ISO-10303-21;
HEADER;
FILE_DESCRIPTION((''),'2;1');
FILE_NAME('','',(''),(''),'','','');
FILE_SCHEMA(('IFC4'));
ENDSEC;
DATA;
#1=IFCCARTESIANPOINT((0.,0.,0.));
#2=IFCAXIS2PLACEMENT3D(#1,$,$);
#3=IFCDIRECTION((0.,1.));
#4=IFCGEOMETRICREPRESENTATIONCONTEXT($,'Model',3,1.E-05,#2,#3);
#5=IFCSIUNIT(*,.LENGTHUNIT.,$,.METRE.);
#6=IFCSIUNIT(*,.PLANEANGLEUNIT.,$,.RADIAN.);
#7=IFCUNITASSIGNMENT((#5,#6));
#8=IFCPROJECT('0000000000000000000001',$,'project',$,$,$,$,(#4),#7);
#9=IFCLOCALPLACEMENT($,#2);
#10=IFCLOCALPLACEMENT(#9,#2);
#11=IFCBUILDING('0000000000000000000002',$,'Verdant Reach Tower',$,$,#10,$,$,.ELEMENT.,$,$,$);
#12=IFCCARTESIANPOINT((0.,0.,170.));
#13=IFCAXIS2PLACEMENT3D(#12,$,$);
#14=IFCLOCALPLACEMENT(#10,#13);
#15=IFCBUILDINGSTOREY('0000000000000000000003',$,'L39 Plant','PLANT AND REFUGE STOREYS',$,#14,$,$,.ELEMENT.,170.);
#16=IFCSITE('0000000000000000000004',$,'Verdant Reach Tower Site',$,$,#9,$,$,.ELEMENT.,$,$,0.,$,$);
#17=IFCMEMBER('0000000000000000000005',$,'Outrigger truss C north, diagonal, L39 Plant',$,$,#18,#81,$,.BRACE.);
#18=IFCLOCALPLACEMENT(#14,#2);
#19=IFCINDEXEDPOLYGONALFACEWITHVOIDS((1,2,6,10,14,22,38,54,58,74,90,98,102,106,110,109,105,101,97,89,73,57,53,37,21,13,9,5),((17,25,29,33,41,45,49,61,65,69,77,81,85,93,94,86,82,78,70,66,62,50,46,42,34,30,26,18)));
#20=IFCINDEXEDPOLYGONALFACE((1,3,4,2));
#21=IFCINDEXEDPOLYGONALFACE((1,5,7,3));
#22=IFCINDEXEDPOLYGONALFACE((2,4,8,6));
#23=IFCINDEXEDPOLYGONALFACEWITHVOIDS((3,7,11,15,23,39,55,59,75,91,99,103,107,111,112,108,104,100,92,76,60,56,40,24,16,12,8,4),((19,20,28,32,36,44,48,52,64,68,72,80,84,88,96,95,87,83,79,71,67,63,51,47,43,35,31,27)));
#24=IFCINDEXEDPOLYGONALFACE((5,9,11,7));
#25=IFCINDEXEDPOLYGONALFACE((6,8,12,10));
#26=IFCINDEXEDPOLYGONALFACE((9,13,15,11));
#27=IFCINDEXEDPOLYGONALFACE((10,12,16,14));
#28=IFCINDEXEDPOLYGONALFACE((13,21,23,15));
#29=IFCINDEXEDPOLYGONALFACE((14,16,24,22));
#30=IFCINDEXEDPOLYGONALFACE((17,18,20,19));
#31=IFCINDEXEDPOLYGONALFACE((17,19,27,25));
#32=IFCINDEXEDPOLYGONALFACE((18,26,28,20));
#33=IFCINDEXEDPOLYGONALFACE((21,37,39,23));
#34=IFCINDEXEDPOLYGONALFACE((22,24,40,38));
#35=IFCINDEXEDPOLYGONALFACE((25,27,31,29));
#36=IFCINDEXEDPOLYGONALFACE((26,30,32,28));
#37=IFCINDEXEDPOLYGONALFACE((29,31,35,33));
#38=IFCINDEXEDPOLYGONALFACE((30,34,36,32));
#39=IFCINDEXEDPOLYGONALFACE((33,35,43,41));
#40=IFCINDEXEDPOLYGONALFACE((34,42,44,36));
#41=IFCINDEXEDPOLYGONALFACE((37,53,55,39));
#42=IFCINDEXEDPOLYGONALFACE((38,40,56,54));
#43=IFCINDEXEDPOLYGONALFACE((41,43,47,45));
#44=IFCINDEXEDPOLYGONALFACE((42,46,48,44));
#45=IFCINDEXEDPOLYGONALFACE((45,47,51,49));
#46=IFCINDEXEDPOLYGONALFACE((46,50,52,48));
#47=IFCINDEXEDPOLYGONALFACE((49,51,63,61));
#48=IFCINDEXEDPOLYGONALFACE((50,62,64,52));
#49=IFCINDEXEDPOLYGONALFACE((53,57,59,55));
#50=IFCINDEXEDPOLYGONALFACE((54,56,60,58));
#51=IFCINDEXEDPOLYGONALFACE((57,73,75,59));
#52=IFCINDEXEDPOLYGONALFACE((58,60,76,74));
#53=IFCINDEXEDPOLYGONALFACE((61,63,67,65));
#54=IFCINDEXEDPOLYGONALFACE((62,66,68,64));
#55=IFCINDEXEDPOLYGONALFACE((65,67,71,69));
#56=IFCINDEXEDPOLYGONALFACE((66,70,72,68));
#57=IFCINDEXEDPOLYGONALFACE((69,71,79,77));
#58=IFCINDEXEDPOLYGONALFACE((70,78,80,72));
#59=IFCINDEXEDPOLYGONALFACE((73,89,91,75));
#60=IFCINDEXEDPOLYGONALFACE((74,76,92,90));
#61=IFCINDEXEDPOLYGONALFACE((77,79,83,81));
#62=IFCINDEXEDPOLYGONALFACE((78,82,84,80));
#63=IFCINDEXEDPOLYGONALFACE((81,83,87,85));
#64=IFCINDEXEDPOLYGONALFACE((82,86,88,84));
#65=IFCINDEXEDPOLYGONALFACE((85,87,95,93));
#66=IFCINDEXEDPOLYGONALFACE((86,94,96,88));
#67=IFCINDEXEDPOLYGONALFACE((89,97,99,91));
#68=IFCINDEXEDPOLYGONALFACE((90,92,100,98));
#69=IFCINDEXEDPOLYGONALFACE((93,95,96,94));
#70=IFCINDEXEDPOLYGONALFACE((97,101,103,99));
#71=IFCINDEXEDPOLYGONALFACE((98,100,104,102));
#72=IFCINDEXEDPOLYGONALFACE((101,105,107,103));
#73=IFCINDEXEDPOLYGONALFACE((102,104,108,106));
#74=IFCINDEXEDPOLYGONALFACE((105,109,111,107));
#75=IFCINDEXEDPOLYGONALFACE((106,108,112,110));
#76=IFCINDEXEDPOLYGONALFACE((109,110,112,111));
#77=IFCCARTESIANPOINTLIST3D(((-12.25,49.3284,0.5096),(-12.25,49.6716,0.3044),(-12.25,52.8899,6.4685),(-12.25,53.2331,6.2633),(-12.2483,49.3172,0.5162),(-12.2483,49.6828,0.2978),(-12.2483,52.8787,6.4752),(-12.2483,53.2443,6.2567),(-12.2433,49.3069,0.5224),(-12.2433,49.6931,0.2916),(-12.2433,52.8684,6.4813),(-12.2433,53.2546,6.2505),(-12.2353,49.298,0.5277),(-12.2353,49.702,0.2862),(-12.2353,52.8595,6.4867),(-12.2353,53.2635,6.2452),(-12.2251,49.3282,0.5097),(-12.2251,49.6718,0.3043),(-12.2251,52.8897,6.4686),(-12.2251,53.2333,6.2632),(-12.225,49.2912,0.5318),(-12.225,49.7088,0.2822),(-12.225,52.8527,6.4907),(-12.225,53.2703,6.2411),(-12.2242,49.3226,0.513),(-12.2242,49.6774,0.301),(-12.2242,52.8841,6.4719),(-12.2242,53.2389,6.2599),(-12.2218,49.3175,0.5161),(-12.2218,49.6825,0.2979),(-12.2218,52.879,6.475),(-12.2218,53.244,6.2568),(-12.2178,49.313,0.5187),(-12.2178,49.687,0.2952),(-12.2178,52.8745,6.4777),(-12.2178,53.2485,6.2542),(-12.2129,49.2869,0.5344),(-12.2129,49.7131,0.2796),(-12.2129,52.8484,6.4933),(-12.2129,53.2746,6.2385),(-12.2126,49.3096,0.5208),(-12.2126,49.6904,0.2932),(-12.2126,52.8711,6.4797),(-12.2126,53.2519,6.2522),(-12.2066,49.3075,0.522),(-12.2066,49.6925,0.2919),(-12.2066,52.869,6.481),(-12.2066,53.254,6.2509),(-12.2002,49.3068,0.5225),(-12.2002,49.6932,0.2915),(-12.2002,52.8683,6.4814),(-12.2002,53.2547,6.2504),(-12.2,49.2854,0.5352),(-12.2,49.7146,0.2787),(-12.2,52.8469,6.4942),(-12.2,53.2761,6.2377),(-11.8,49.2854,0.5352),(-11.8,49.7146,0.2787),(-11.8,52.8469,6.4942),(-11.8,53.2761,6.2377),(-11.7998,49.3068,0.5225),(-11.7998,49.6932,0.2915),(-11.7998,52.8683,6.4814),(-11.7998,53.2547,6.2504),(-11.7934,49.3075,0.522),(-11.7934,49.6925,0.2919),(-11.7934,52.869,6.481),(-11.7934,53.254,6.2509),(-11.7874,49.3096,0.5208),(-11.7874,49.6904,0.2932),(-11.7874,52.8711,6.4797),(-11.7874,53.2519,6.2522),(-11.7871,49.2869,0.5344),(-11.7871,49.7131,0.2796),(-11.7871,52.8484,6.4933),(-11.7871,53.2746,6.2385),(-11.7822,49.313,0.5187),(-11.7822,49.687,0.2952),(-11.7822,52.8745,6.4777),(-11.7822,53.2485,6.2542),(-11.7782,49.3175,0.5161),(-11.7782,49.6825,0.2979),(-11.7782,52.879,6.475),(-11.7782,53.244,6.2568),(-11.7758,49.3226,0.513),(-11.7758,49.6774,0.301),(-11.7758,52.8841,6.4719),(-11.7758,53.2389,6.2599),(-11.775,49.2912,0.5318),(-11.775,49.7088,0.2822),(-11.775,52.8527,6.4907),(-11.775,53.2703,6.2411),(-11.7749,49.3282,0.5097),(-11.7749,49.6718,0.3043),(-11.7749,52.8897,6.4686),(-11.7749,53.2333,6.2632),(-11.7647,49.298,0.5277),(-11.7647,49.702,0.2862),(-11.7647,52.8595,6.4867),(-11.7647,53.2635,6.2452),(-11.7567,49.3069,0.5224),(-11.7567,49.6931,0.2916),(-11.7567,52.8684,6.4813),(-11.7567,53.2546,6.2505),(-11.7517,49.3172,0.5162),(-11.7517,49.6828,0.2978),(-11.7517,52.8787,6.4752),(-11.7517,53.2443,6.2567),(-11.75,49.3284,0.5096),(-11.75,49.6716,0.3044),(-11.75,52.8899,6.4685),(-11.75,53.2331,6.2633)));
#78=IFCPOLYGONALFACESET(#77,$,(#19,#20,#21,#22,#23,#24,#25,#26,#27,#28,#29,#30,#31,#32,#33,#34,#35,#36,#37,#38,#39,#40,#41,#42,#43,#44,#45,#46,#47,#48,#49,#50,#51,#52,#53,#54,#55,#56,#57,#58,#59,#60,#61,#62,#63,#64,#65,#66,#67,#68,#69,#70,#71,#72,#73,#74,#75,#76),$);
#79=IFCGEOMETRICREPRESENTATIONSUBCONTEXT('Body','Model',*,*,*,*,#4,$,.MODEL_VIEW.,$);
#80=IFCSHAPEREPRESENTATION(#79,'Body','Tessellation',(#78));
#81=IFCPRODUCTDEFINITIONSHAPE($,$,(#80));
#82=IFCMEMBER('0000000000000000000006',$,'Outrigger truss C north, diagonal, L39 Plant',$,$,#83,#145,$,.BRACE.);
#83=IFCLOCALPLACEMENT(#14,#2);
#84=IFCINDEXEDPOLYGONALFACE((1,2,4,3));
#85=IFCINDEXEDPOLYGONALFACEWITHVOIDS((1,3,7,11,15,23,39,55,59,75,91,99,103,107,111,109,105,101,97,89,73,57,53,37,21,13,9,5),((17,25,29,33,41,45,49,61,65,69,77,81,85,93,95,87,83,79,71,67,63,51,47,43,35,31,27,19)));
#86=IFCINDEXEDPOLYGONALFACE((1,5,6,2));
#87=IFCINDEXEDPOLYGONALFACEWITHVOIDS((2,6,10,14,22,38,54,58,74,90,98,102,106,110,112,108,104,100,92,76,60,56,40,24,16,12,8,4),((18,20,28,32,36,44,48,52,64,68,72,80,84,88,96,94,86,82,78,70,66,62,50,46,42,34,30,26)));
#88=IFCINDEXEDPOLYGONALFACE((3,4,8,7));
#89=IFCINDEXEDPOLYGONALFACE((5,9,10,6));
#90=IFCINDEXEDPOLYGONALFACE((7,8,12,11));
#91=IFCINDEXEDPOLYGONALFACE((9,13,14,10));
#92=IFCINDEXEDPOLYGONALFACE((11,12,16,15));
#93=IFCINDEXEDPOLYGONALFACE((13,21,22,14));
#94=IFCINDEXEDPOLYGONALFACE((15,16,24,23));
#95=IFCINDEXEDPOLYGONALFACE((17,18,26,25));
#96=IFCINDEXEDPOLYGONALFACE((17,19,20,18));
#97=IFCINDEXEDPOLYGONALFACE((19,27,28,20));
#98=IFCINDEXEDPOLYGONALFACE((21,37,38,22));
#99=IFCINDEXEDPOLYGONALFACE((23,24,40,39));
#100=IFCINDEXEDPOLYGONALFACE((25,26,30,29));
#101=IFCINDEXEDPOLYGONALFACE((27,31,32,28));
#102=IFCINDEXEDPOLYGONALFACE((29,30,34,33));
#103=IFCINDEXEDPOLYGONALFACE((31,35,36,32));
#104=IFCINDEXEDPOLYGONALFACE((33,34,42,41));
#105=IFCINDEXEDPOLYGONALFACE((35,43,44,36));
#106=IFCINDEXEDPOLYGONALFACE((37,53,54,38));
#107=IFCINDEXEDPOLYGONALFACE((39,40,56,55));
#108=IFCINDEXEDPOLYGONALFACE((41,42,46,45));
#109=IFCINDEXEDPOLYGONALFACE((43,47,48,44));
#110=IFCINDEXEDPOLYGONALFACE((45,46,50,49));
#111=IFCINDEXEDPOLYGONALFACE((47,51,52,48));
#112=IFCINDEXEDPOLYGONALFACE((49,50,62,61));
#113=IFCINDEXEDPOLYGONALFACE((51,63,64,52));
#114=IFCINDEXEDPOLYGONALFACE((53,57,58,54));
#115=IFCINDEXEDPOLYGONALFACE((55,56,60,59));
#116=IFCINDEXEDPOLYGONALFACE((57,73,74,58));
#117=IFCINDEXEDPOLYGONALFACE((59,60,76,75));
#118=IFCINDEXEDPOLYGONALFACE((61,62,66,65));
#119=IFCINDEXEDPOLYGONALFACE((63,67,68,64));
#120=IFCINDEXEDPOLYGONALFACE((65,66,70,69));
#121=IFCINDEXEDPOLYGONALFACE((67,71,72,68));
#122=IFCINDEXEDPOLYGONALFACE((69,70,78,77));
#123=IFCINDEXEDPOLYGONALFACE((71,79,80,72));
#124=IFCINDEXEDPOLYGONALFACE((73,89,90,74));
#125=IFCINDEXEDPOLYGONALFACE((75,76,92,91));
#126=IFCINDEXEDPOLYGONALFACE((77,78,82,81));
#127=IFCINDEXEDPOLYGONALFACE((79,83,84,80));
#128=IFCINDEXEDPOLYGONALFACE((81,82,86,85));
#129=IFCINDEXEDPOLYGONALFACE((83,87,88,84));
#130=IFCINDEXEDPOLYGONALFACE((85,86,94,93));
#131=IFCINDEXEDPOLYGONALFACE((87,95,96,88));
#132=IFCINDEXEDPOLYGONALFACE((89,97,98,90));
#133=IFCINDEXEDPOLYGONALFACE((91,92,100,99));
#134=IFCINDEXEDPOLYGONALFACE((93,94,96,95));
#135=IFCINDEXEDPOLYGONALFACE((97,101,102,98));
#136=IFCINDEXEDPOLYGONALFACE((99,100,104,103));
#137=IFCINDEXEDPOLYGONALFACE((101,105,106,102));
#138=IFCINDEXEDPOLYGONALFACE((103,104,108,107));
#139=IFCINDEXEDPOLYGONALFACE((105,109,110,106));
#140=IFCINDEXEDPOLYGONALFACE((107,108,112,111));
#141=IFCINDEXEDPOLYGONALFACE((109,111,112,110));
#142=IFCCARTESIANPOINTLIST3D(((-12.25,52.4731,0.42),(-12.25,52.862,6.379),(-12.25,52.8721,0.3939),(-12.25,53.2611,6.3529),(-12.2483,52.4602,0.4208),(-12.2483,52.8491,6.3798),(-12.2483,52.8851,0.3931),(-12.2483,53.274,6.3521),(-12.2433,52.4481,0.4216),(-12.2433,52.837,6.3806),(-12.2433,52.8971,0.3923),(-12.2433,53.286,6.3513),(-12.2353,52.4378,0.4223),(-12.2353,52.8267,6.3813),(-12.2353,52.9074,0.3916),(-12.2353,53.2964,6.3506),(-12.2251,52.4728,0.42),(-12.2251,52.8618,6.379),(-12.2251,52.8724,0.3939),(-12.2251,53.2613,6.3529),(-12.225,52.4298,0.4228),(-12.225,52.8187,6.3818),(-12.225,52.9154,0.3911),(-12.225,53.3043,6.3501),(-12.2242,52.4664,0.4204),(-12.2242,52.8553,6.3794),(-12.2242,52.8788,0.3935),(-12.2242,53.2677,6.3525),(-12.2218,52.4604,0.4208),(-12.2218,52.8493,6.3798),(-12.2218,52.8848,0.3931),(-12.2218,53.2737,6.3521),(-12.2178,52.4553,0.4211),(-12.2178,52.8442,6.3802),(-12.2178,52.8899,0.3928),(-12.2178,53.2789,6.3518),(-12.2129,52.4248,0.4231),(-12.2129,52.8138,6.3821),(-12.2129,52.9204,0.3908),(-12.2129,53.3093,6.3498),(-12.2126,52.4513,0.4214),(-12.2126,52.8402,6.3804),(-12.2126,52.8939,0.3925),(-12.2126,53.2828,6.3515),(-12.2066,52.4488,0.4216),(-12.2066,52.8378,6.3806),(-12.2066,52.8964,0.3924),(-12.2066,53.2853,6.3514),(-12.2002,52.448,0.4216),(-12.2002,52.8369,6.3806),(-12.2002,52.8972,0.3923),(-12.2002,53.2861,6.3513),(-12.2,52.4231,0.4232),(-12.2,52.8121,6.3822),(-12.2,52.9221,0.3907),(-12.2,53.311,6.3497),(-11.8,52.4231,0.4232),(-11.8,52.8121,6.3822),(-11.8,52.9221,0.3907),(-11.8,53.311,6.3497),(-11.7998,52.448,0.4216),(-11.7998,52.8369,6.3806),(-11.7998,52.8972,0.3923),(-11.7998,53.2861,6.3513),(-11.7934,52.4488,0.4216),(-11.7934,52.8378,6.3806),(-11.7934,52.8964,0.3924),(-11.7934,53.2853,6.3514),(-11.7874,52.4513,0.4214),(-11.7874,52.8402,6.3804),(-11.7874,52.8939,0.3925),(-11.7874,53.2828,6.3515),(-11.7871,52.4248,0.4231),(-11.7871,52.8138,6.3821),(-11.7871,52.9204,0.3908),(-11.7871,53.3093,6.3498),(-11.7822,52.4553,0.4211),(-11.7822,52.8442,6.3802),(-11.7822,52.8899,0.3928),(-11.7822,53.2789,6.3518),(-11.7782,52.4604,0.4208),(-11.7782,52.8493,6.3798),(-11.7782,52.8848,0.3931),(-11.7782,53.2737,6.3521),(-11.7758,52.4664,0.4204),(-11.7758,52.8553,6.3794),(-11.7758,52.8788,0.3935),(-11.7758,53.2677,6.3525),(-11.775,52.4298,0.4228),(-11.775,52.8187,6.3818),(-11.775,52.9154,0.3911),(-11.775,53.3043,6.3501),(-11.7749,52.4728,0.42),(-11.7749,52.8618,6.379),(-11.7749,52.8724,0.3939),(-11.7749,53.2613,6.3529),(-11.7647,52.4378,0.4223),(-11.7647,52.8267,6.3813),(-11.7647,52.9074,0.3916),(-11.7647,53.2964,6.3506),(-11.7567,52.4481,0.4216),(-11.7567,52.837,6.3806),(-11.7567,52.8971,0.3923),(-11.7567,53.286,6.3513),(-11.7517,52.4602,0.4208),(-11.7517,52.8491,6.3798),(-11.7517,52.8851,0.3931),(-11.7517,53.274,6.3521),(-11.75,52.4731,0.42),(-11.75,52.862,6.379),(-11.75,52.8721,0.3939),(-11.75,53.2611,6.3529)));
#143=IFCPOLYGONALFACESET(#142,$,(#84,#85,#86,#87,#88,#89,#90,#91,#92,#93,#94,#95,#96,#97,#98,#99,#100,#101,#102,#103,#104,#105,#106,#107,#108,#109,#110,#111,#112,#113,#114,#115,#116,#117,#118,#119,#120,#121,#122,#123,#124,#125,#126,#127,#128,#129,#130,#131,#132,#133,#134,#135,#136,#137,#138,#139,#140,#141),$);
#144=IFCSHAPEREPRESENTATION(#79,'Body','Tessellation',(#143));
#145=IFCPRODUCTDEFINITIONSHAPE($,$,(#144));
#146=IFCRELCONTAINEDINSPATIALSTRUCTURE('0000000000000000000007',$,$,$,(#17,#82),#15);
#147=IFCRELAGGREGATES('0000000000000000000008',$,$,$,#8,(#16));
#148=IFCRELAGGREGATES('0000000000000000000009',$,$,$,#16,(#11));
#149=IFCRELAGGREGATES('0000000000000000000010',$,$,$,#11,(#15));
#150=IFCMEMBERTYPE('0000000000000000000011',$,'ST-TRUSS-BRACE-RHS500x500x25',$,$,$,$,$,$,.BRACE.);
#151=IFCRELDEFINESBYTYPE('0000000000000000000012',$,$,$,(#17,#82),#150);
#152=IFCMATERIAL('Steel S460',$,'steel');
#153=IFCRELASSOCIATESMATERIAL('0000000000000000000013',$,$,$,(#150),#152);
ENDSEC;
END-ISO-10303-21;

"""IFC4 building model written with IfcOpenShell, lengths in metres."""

from ifc_helpers import new_model, si_unit, direction, frame, origin, origin_2d, place, context, subcontext, project, spatial, hollow_rectangle, extrude, material, material_profile, profile_set, type_object, element, save


model = new_model("IFC4")

# Units and contexts
model_context = context("Model", 3, precision=1e-05, world=origin(), true_north=direction((0.0, 1.0)))
body_context = subcontext(model_context, "Body", "Model", "MODEL_VIEW")
ifc_project = project(units=[si_unit("LENGTHUNIT", "METRE"), si_unit("PLANEANGLEUNIT", "RADIAN")], contexts=[model_context])

# Site, building, storey
site_placement = place(None, origin())
site = spatial("IfcSite", under=ifc_project, at=site_placement, Name="Verdant Reach Tower Site", CompositionType="ELEMENT", RefElevation=0.0)
building_placement = place(site_placement, origin())
building = spatial("IfcBuilding", under=site, at=building_placement, Name="Verdant Reach Tower", CompositionType="ELEMENT")
storey_placement = place(building_placement, frame((0.0, 0.0, 170.0)))
storey = spatial("IfcBuildingStorey", under=building, at=storey_placement, Name="L39 Plant", Description="PLANT AND REFUGE STOREYS", CompositionType="ELEMENT", Elevation=170.0)

# Shared definitions
ifc_material_1 = material(Name="Steel S460", Category="steel")

# Members
ifc_material_profile_1 = material_profile(ifc_material_1, hollow_rectangle(XDim=0.5, YDim=0.5, WallThickness=0.0249, InnerFilletRadius=0.0249, OuterFilletRadius=0.05, at=origin_2d()), Name="RHS 500x500x25")
ifc_profile_set_1 = profile_set([ifc_material_profile_1], Name="Steel S460")
member_type_1 = type_object("IfcMemberType", Name="ST-TRUSS-BRACE-RHS500x500x25", PredefinedType="BRACE", material=ifc_profile_set_1)
member_1_placement = place(storey_placement, frame((-12.0, 49.5, 0.407), z_axis=(0.0, 0.513026, 0.858373), x_axis=(-1.0, 0.0, 0.0)))
element("IfcMember", 1, at=member_1_placement, inside=storey, type_object=member_type_1, Name="Outrigger truss C north, diagonal, L39 Plant", PredefinedType="BRACE", context=body_context, shape_type="SweptSolid", body=[
    extrude(hollow_rectangle(XDim=0.5, YDim=0.5, WallThickness=0.0249, InnerFilletRadius=0.0249, OuterFilletRadius=0.05, at=origin_2d()), origin(), (0.0, 0.0, 1.0), 6.9421),
])
member_2_placement = place(storey_placement, frame((-12.0, 53.0615, 6.366), z_axis=(0.0, -0.065127, -0.997877), x_axis=(1.0, 0.0, 0.0)))
element("IfcMember", 2, at=member_2_placement, inside=storey, type_object=member_type_1, Name="Outrigger truss C north, diagonal, L39 Plant", PredefinedType="BRACE", context=body_context, shape_type="SweptSolid", body=[
    extrude(hollow_rectangle(XDim=0.5, YDim=0.5, WallThickness=0.0249, InnerFilletRadius=0.0249, OuterFilletRadius=0.05, at=origin_2d()), origin(), (0.0, 0.0, 1.0), 5.9717),
])

save(model, "model.ifc")
